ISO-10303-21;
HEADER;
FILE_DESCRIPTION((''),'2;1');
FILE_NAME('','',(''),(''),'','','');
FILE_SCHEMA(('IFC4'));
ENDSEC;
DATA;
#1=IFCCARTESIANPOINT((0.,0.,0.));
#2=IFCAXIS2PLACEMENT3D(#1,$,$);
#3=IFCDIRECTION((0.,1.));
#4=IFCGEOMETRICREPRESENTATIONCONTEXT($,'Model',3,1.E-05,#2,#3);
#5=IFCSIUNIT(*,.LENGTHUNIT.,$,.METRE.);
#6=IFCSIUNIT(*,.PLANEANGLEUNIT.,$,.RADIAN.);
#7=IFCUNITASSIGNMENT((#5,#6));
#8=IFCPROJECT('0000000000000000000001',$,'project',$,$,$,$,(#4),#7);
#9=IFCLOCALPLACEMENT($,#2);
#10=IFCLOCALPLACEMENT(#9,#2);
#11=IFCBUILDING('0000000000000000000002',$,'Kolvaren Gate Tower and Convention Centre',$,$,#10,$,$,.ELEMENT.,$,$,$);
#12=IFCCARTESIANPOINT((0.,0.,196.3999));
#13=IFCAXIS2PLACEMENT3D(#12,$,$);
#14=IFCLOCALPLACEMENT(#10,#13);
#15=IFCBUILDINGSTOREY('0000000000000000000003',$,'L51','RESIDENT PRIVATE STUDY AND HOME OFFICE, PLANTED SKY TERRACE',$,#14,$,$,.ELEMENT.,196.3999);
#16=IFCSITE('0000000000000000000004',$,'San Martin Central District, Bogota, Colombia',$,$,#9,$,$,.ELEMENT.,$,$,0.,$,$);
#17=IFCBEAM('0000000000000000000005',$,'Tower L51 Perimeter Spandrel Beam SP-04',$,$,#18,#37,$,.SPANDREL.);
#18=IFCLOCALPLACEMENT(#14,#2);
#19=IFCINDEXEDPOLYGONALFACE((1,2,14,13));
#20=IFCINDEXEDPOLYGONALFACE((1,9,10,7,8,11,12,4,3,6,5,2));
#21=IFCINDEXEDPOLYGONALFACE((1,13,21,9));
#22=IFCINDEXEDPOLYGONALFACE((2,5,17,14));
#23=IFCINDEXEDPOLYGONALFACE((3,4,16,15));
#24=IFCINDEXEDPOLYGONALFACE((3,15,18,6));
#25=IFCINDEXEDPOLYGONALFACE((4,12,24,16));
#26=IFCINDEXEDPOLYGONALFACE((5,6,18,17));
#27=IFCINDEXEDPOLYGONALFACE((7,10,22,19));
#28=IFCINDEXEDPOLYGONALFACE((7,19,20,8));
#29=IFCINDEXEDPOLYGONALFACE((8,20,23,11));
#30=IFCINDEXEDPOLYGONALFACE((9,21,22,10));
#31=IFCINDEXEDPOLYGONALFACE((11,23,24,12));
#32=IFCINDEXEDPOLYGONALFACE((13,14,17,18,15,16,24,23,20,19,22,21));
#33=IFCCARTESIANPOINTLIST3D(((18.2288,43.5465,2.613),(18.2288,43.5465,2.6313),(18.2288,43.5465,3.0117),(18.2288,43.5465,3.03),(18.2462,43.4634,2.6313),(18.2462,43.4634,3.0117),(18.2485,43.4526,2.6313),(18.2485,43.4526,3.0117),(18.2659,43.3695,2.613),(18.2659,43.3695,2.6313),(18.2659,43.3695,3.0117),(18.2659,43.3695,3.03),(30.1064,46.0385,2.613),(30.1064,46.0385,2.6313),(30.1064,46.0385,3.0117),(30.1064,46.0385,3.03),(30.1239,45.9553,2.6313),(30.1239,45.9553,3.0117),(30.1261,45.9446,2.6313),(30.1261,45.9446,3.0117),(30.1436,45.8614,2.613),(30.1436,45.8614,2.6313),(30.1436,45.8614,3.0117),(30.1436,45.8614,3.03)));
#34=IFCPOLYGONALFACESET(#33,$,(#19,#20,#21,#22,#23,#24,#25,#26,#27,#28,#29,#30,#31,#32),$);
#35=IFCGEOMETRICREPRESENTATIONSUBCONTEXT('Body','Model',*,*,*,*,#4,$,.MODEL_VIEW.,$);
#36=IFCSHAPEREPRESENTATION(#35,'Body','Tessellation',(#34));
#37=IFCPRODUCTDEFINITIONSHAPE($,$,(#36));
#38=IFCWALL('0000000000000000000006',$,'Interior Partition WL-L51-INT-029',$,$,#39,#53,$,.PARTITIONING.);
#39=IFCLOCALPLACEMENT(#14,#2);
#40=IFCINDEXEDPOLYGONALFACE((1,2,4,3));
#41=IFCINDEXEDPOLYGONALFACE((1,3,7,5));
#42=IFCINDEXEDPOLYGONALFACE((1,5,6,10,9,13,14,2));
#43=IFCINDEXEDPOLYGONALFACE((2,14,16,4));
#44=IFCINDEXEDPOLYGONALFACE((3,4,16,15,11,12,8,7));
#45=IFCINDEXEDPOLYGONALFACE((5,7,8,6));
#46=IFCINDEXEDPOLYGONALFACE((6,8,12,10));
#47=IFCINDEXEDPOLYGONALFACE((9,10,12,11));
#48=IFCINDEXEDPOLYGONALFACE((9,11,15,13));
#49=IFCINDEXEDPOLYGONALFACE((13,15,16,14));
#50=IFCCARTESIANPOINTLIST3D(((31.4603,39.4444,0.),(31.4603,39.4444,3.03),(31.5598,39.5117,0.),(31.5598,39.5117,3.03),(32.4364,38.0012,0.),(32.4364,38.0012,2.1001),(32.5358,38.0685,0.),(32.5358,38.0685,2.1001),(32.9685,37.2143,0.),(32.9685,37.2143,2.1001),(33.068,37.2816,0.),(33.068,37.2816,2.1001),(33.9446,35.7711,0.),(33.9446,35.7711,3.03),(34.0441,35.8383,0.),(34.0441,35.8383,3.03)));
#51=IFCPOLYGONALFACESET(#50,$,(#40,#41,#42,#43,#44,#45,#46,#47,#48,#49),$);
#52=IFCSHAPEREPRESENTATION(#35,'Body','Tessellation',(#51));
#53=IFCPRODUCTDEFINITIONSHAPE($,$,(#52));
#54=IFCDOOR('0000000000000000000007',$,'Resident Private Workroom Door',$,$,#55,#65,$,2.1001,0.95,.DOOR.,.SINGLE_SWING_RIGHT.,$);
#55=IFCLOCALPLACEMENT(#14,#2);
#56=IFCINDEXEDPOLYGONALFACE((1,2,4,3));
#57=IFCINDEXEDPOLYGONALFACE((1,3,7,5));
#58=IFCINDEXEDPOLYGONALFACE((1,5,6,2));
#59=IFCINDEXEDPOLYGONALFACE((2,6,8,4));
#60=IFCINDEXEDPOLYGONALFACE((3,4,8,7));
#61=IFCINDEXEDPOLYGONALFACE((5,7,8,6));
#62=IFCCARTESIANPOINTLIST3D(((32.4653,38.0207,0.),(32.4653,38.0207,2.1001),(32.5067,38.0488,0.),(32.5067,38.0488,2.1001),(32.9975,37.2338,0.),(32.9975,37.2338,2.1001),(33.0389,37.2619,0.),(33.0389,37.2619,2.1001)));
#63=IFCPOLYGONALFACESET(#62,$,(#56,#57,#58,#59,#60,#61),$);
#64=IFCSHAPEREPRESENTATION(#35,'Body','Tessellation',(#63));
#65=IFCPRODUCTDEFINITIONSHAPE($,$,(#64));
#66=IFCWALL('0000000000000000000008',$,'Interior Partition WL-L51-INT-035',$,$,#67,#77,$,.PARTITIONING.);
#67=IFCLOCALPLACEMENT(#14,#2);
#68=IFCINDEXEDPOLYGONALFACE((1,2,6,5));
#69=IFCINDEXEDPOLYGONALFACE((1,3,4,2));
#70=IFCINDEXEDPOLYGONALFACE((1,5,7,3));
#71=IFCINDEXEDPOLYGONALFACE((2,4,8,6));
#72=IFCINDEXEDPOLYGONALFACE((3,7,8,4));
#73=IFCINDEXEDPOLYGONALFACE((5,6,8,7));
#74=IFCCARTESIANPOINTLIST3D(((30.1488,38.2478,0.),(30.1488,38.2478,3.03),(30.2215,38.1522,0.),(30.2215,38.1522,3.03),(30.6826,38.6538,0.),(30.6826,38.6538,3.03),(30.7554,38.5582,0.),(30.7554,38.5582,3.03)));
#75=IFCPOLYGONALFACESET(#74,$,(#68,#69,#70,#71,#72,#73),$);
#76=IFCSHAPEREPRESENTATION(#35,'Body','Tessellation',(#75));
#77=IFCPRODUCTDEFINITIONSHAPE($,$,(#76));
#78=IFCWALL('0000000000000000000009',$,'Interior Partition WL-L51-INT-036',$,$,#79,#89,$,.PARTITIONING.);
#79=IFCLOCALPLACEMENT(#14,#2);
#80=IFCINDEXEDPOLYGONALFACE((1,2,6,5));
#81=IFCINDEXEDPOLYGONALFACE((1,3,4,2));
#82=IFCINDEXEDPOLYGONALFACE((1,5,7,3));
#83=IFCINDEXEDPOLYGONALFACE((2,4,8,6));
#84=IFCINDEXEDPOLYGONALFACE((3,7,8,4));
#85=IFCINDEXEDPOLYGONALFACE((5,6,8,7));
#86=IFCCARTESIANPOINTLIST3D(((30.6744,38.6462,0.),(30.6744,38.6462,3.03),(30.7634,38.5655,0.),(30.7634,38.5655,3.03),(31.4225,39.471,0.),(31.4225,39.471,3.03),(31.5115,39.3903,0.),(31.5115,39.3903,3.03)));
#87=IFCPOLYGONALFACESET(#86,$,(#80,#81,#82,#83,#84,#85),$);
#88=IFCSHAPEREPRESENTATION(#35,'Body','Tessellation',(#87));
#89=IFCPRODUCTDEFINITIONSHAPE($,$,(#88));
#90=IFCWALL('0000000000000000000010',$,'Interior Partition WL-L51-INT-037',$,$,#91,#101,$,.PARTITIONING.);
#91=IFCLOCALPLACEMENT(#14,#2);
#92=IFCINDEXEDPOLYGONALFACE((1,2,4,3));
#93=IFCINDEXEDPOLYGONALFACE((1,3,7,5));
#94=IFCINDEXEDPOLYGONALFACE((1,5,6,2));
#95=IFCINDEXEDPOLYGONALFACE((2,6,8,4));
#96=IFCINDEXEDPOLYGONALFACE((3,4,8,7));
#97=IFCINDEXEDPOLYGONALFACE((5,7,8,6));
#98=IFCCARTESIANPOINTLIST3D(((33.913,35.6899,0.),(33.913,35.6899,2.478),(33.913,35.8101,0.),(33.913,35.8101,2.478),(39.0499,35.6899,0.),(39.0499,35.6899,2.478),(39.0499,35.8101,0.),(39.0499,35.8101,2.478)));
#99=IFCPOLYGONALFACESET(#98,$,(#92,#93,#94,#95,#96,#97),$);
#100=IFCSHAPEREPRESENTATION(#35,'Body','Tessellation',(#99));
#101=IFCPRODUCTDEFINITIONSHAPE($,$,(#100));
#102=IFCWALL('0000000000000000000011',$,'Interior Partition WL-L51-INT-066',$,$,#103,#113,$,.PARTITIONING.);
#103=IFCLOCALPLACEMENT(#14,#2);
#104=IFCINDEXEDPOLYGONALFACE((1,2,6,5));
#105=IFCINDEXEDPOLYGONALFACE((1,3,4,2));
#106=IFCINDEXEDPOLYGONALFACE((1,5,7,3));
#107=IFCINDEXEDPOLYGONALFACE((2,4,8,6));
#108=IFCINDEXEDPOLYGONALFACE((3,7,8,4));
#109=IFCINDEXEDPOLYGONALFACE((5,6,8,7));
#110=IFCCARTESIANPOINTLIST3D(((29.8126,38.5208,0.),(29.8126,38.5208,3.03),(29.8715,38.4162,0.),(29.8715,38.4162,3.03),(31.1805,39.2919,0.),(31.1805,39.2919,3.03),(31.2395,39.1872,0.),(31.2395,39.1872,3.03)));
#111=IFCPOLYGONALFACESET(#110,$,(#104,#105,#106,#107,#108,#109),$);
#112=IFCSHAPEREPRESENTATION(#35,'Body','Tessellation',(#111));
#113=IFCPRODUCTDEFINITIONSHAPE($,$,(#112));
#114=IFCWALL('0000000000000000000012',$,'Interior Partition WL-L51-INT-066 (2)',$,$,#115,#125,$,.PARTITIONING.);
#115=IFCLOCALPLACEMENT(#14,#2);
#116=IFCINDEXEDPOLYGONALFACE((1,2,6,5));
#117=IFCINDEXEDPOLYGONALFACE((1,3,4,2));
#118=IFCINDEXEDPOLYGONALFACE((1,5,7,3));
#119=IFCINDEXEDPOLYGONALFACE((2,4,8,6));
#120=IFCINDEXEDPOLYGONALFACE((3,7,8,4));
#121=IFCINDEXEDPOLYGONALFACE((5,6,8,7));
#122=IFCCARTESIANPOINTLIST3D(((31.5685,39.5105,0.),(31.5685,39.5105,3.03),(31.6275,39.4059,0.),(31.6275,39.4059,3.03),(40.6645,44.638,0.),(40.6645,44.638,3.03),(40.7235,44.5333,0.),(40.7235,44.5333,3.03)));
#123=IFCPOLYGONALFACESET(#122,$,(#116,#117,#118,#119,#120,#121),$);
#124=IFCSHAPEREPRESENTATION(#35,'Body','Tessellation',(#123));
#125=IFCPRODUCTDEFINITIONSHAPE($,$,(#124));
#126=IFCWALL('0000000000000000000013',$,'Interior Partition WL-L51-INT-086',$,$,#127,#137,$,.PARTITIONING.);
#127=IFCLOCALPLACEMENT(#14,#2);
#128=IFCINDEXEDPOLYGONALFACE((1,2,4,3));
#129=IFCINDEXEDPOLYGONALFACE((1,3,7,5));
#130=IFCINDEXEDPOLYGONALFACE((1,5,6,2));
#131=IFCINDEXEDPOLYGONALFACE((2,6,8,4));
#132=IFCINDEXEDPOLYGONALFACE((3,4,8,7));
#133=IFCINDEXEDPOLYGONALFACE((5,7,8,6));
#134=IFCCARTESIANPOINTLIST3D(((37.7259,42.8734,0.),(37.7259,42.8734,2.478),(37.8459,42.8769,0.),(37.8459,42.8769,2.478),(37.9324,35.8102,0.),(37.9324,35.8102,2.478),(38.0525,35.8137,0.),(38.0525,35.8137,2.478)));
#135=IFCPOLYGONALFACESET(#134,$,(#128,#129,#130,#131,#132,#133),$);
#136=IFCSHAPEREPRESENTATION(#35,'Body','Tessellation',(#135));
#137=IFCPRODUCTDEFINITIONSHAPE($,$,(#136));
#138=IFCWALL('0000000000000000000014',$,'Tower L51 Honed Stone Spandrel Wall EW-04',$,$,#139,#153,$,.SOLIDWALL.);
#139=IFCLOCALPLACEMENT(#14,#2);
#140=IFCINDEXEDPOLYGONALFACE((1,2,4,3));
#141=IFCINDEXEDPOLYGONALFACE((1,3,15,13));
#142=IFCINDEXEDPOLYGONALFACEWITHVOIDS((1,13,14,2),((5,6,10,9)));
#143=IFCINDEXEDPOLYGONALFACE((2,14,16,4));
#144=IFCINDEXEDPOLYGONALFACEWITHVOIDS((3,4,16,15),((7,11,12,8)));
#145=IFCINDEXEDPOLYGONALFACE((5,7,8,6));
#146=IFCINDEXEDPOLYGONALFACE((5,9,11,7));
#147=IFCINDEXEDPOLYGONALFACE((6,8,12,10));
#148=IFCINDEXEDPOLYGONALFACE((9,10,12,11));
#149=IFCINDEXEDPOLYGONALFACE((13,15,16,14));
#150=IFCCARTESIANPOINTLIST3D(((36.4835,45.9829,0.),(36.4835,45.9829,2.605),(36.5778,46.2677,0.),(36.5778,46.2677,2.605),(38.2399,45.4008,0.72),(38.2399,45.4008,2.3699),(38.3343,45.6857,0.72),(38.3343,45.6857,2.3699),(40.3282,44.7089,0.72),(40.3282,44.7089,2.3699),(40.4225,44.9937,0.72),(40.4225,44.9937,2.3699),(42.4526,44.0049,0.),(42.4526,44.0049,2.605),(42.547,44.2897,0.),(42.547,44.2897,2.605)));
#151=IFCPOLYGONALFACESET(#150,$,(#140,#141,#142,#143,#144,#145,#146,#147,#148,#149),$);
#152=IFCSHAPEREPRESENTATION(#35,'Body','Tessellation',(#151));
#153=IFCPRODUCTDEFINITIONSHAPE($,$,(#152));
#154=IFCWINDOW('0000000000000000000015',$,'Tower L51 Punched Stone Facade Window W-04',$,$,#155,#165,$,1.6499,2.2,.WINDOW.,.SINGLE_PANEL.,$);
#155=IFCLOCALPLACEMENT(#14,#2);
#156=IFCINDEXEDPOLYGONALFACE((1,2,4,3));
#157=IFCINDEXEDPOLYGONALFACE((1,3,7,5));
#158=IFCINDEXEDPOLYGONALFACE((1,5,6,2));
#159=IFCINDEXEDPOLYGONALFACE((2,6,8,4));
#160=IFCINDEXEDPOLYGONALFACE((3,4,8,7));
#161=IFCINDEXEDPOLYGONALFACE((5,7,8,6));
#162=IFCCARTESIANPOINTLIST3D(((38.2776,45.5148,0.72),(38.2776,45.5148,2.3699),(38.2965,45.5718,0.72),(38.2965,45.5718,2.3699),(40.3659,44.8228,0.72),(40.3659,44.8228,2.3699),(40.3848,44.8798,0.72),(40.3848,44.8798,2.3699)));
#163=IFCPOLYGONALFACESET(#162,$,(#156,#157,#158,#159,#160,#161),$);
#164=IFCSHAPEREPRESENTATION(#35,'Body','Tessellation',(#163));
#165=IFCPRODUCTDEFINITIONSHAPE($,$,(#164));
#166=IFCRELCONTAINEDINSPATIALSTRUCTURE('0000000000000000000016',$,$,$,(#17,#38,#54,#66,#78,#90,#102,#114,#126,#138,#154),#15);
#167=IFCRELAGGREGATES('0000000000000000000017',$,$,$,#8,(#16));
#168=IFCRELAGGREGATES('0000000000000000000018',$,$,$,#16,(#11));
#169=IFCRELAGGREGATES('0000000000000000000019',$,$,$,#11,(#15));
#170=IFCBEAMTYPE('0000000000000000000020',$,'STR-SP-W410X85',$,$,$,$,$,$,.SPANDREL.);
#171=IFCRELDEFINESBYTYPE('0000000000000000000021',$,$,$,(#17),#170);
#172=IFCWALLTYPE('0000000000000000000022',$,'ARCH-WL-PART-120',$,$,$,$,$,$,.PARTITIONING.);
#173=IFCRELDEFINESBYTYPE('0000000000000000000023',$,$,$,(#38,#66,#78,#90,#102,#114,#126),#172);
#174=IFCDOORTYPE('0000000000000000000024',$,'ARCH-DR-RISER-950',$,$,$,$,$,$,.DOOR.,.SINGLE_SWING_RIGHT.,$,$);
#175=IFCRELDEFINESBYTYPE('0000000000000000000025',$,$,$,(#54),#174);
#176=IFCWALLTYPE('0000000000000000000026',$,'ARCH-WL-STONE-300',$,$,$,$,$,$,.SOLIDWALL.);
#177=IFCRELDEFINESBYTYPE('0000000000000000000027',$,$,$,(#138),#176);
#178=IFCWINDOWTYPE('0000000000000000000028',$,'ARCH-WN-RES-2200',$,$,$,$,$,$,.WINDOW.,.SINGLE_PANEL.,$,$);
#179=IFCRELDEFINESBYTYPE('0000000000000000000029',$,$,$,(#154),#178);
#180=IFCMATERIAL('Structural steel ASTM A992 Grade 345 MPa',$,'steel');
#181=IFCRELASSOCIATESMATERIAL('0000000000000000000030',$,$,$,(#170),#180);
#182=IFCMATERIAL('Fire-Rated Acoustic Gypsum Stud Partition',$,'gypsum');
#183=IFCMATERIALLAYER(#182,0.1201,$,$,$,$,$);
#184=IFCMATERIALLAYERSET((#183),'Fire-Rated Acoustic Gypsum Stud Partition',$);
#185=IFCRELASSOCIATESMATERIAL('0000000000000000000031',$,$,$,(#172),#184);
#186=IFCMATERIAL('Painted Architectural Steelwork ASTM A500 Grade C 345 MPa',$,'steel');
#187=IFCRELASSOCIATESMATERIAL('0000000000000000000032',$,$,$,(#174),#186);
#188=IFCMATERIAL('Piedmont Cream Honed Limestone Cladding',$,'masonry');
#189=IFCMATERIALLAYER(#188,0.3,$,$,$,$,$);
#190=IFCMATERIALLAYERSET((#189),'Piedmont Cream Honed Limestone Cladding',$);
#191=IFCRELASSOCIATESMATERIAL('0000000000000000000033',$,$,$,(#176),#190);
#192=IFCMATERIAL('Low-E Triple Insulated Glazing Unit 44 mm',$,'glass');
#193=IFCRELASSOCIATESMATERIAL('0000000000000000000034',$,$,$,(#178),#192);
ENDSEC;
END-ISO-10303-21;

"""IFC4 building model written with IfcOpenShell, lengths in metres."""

from ifc_helpers import new_model, si_unit, direction, frame, frame_2d, origin, origin_2d, place, context, subcontext, project, spatial, rectangle, i_section, extrude, material, layer, layer_set, material_profile, profile_set, type_object, element, fill, save


model = new_model("IFC4")

# Units and contexts
model_context = context("Model", 3, precision=1e-05, world=origin(), true_north=direction((0.0, 1.0)))
body_context = subcontext(model_context, "Body", "Model", "MODEL_VIEW")
ifc_project = project(units=[si_unit("LENGTHUNIT", "METRE"), si_unit("PLANEANGLEUNIT", "RADIAN")], contexts=[model_context])

# Site, building, storey
site_placement = place(None, origin())
site = spatial("IfcSite", under=ifc_project, at=site_placement, Name="San Martin Central District, Bogota, Colombia", CompositionType="ELEMENT", RefElevation=0.0)
building_placement = place(site_placement, origin())
building = spatial("IfcBuilding", under=site, at=building_placement, Name="Kolvaren Gate Tower and Convention Centre", CompositionType="ELEMENT")
storey_placement = place(building_placement, frame((0.0, 0.0, 196.3999)))
storey = spatial("IfcBuildingStorey", under=building, at=storey_placement, Name="L51", Description="RESIDENT PRIVATE STUDY AND HOME OFFICE, PLANTED SKY TERRACE", CompositionType="ELEMENT", Elevation=196.3999)

# Beam
ifc_material_1 = material(Name="Structural steel ASTM A992 Grade 345 MPa", Category="steel")
ifc_material_profile_1 = material_profile(ifc_material_1, i_section(OverallWidth=0.1809, OverallDepth=0.417, WebThickness=0.011, FlangeThickness=0.0183, at=origin_2d()), Name="W410X85")
ifc_profile_set_1 = profile_set([ifc_material_profile_1], Name="Structural steel ASTM A992 Grade 345 MPa")
beam_type_1 = type_object("IfcBeamType", Name="STR-SP-W410X85", PredefinedType="SPANDREL", material=ifc_profile_set_1)
beam_1_placement = place(storey_placement, frame((30.125, 45.95, 2.8215), z_axis=(-0.978693, -0.20533, 0.0), x_axis=(0.20533, -0.978693, 0.0)))
element("IfcBeam", 1, at=beam_1_placement, inside=storey, type_object=beam_type_1, Name="Tower L51 Perimeter Spandrel Beam SP-04", PredefinedType="SPANDREL", context=body_context, shape_type="SweptSolid", body=[
    extrude(i_section(OverallWidth=0.1809, OverallDepth=0.417, WebThickness=0.011, FlangeThickness=0.0183, at=origin_2d()), origin(), (0.0, 0.0, 1.0), 12.1362),
])

# Wall, opening, door
ifc_material_2 = material(Name="Fire-Rated Acoustic Gypsum Stud Partition", Category="gypsum")
ifc_layer_1 = layer(ifc_material_2, 0.1201)
ifc_layer_set_1 = layer_set([ifc_layer_1], Name="Fire-Rated Acoustic Gypsum Stud Partition")
wall_type_1 = type_object("IfcWallType", Name="ARCH-WL-PART-120", PredefinedType="PARTITIONING", material=ifc_layer_set_1)
wall_1_placement = place(storey_placement, frame((31.51, 39.478, 0.0), z_axis=(0.0, 0.0, 1.0), x_axis=(0.560227, -0.828339, 0.0)))
wall_1 = element("IfcWall", 2, at=wall_1_placement, inside=storey, type_object=wall_type_1, Name="Interior Partition WL-L51-INT-029", PredefinedType="PARTITIONING", context=body_context, shape_type="SweptSolid", body=[
    extrude(rectangle(XDim=4.4346, YDim=0.1201, at=frame_2d((2.2173, 0.0))), origin(), (0.0, 0.0, 1.0), 3.03),
])
opening_1_placement = place(wall_1_placement, frame((1.7422, 0.0, 0.0)))
opening_1 = element("IfcOpeningElement", 3, at=opening_1_placement, cuts=wall_1, PredefinedType="OPENING", context=body_context, shape_type="SweptSolid", body=[
    extrude(rectangle(XDim=0.95, YDim=2.1001, at=frame_2d((0.4751, 1.05))), frame((0.0, 0.0701, 0.0), z_axis=(0.0, -1.0, 0.0), x_axis=(1.0, 0.0, 0.0)), (0.0, 0.0, 1.0), 0.1401),
])
ifc_material_3 = material(Name="Painted Architectural Steelwork ASTM A500 Grade C 345 MPa", Category="steel")
door_type = type_object("IfcDoorType", Name="ARCH-DR-RISER-950", OperationType="SINGLE_SWING_RIGHT", PredefinedType="DOOR", material=ifc_material_3)
door_placement = place(opening_1_placement, origin())
door = element("IfcDoor", 4, at=door_placement, inside=storey, type_object=door_type, Name="Resident Private Workroom Door", OperationType="SINGLE_SWING_RIGHT", OverallHeight=2.1001, OverallWidth=0.95, PredefinedType="DOOR", context=body_context, shape_type="SweptSolid", body=[
    extrude(rectangle(XDim=0.95, YDim=2.1001, at=frame_2d((0.4751, 1.05))), frame((0.0, 0.0249, 0.0), z_axis=(0.0, -1.0, 0.0), x_axis=(1.0, 0.0, 0.0)), (0.0, 0.0, 1.0), 0.05),
])
fill(opening_1, door)

# Walls
wall_2_placement = place(storey_placement, frame((30.1851, 38.2, 0.0), z_axis=(0.0, 0.0, 1.0), x_axis=(0.796008, 0.605286, 0.0)))
element("IfcWall", 5, at=wall_2_placement, inside=storey, type_object=wall_type_1, Name="Interior Partition WL-L51-INT-035", PredefinedType="PARTITIONING", context=body_context, shape_type="SweptSolid", body=[
    extrude(rectangle(XDim=0.6707, YDim=0.1201, at=frame_2d((0.3354, 0.0))), origin(), (0.0, 0.0, 1.0), 3.03),
])
wall_3_placement = place(storey_placement, frame((30.719, 38.606, 0.0), z_axis=(0.0, 0.0, 1.0), x_axis=(0.671843, 0.740694, 0.0)))
element("IfcWall", 6, at=wall_3_placement, inside=storey, type_object=wall_type_1, Name="Interior Partition WL-L51-INT-036", PredefinedType="PARTITIONING", context=body_context, shape_type="SweptSolid", body=[
    extrude(rectangle(XDim=1.1135, YDim=0.1201, at=frame_2d((0.5566, 0.0))), origin(), (0.0, 0.0, 1.0), 3.03),
])
wall_4_placement = place(storey_placement, frame((33.9131, 35.75, 0.0), z_axis=(0.0, 0.0, 1.0), x_axis=(1.0, 0.0, 0.0)))
element("IfcWall", 7, at=wall_4_placement, inside=storey, type_object=wall_type_1, Name="Interior Partition WL-L51-INT-037", PredefinedType="PARTITIONING", context=body_context, shape_type="SweptSolid", body=[
    extrude(rectangle(XDim=5.137, YDim=0.1201, at=frame_2d((2.5684, 0.0))), origin(), (0.0, 0.0, 1.0), 2.478),
])
wall_5_placement = place(storey_placement, frame((29.842, 38.4685, 0.0), z_axis=(0.0, 0.0, 1.0), x_axis=(0.871156, 0.491007, 0.0)))
element("IfcWall", 8, at=wall_5_placement, inside=storey, type_object=wall_type_1, Name="Interior Partition WL-L51-INT-066", PredefinedType="PARTITIONING", context=body_context, shape_type="SweptSolid", body=[
    extrude(rectangle(XDim=1.5703, YDim=0.1201, at=frame_2d((0.7852, 0.0))), origin(), (0.0, 0.0, 1.0), 3.03),
])
wall_6_placement = place(storey_placement, frame((31.5981, 39.4583, 0.0), z_axis=(0.0, 0.0, 1.0), x_axis=(0.871126, 0.491059, 0.0)))
element("IfcWall", 9, at=wall_6_placement, inside=storey, type_object=wall_type_1, Name="Interior Partition WL-L51-INT-066 (2)", PredefinedType="PARTITIONING", context=body_context, shape_type="SweptSolid", body=[
    extrude(rectangle(XDim=10.4417, YDim=0.1201, at=frame_2d((5.2207, 0.0))), origin(), (0.0, 0.0, 1.0), 3.03),
])
wall_7_placement = place(storey_placement, frame((37.7859, 42.8752, 0.0), z_axis=(0.0, 0.0, 1.0), x_axis=(0.029229, -0.999573, 0.0)))
element("IfcWall", 10, at=wall_7_placement, inside=storey, type_object=wall_type_1, Name="Interior Partition WL-L51-INT-086", PredefinedType="PARTITIONING", context=body_context, shape_type="SweptSolid", body=[
    extrude(rectangle(XDim=7.0662, YDim=0.1201, at=frame_2d((3.5332, 0.0))), origin(), (0.0, 0.0, 1.0), 2.478),
])

# Wall, opening, window
ifc_material_4 = material(Name="Piedmont Cream Honed Limestone Cladding", Category="masonry")
ifc_layer_2 = layer(ifc_material_4, 0.3)
ifc_layer_set_2 = layer_set([ifc_layer_2], Name="Piedmont Cream Honed Limestone Cladding")
wall_type_2 = type_object("IfcWallType", Name="ARCH-WL-STONE-300", PredefinedType="SOLIDWALL", material=ifc_layer_set_2)
wall_8_placement = place(storey_placement, frame((36.5308, 46.1252, 0.0), z_axis=(0.0, 0.0, 1.0), x_axis=(0.949241, -0.31455, 0.0)))
wall_8 = element("IfcWall", 11, at=wall_8_placement, inside=storey, type_object=wall_type_2, Name="Tower L51 Honed Stone Spandrel Wall EW-04", PredefinedType="SOLIDWALL", context=body_context, shape_type="SweptSolid", body=[
    extrude(rectangle(XDim=6.2883, YDim=0.3, at=frame_2d((3.144, 0.0))), origin(), (0.0, 0.0, 1.0), 2.605),
])
opening_2_placement = place(wall_8_placement, frame((1.8501, 0.0, 0.72)))
opening_2 = element("IfcOpeningElement", 12, at=opening_2_placement, cuts=wall_8, PredefinedType="OPENING", context=body_context, shape_type="SweptSolid", body=[
    extrude(rectangle(XDim=2.2, YDim=1.6499, at=frame_2d((1.1001, 0.825))), frame((0.0, 0.1599, 0.0), z_axis=(0.0, -1.0, 0.0), x_axis=(1.0, 0.0, 0.0)), (0.0, 0.0, 1.0), 0.3201),
])
ifc_material_5 = material(Name="Low-E Triple Insulated Glazing Unit 44 mm", Category="glass")
window_type = type_object("IfcWindowType", Name="ARCH-WN-RES-2200", PartitioningType="SINGLE_PANEL", PredefinedType="WINDOW", material=ifc_material_5)
window_1_placement = place(opening_2_placement, origin())
window_1 = element("IfcWindow", 13, at=window_1_placement, inside=storey, type_object=window_type, Name="Tower L51 Punched Stone Facade Window W-04", OverallHeight=1.6499, OverallWidth=2.2, PartitioningType="SINGLE_PANEL", PredefinedType="WINDOW", context=body_context, shape_type="SweptSolid", body=[
    extrude(rectangle(XDim=2.2, YDim=1.6499, at=frame_2d((1.1001, 0.825))), frame((0.0, 0.03, 0.0), z_axis=(0.0, -1.0, 0.0), x_axis=(1.0, 0.0, 0.0)), (0.0, 0.0, 1.0), 0.0601),
])
fill(opening_2, window_1)

save(model, "model.ifc")
